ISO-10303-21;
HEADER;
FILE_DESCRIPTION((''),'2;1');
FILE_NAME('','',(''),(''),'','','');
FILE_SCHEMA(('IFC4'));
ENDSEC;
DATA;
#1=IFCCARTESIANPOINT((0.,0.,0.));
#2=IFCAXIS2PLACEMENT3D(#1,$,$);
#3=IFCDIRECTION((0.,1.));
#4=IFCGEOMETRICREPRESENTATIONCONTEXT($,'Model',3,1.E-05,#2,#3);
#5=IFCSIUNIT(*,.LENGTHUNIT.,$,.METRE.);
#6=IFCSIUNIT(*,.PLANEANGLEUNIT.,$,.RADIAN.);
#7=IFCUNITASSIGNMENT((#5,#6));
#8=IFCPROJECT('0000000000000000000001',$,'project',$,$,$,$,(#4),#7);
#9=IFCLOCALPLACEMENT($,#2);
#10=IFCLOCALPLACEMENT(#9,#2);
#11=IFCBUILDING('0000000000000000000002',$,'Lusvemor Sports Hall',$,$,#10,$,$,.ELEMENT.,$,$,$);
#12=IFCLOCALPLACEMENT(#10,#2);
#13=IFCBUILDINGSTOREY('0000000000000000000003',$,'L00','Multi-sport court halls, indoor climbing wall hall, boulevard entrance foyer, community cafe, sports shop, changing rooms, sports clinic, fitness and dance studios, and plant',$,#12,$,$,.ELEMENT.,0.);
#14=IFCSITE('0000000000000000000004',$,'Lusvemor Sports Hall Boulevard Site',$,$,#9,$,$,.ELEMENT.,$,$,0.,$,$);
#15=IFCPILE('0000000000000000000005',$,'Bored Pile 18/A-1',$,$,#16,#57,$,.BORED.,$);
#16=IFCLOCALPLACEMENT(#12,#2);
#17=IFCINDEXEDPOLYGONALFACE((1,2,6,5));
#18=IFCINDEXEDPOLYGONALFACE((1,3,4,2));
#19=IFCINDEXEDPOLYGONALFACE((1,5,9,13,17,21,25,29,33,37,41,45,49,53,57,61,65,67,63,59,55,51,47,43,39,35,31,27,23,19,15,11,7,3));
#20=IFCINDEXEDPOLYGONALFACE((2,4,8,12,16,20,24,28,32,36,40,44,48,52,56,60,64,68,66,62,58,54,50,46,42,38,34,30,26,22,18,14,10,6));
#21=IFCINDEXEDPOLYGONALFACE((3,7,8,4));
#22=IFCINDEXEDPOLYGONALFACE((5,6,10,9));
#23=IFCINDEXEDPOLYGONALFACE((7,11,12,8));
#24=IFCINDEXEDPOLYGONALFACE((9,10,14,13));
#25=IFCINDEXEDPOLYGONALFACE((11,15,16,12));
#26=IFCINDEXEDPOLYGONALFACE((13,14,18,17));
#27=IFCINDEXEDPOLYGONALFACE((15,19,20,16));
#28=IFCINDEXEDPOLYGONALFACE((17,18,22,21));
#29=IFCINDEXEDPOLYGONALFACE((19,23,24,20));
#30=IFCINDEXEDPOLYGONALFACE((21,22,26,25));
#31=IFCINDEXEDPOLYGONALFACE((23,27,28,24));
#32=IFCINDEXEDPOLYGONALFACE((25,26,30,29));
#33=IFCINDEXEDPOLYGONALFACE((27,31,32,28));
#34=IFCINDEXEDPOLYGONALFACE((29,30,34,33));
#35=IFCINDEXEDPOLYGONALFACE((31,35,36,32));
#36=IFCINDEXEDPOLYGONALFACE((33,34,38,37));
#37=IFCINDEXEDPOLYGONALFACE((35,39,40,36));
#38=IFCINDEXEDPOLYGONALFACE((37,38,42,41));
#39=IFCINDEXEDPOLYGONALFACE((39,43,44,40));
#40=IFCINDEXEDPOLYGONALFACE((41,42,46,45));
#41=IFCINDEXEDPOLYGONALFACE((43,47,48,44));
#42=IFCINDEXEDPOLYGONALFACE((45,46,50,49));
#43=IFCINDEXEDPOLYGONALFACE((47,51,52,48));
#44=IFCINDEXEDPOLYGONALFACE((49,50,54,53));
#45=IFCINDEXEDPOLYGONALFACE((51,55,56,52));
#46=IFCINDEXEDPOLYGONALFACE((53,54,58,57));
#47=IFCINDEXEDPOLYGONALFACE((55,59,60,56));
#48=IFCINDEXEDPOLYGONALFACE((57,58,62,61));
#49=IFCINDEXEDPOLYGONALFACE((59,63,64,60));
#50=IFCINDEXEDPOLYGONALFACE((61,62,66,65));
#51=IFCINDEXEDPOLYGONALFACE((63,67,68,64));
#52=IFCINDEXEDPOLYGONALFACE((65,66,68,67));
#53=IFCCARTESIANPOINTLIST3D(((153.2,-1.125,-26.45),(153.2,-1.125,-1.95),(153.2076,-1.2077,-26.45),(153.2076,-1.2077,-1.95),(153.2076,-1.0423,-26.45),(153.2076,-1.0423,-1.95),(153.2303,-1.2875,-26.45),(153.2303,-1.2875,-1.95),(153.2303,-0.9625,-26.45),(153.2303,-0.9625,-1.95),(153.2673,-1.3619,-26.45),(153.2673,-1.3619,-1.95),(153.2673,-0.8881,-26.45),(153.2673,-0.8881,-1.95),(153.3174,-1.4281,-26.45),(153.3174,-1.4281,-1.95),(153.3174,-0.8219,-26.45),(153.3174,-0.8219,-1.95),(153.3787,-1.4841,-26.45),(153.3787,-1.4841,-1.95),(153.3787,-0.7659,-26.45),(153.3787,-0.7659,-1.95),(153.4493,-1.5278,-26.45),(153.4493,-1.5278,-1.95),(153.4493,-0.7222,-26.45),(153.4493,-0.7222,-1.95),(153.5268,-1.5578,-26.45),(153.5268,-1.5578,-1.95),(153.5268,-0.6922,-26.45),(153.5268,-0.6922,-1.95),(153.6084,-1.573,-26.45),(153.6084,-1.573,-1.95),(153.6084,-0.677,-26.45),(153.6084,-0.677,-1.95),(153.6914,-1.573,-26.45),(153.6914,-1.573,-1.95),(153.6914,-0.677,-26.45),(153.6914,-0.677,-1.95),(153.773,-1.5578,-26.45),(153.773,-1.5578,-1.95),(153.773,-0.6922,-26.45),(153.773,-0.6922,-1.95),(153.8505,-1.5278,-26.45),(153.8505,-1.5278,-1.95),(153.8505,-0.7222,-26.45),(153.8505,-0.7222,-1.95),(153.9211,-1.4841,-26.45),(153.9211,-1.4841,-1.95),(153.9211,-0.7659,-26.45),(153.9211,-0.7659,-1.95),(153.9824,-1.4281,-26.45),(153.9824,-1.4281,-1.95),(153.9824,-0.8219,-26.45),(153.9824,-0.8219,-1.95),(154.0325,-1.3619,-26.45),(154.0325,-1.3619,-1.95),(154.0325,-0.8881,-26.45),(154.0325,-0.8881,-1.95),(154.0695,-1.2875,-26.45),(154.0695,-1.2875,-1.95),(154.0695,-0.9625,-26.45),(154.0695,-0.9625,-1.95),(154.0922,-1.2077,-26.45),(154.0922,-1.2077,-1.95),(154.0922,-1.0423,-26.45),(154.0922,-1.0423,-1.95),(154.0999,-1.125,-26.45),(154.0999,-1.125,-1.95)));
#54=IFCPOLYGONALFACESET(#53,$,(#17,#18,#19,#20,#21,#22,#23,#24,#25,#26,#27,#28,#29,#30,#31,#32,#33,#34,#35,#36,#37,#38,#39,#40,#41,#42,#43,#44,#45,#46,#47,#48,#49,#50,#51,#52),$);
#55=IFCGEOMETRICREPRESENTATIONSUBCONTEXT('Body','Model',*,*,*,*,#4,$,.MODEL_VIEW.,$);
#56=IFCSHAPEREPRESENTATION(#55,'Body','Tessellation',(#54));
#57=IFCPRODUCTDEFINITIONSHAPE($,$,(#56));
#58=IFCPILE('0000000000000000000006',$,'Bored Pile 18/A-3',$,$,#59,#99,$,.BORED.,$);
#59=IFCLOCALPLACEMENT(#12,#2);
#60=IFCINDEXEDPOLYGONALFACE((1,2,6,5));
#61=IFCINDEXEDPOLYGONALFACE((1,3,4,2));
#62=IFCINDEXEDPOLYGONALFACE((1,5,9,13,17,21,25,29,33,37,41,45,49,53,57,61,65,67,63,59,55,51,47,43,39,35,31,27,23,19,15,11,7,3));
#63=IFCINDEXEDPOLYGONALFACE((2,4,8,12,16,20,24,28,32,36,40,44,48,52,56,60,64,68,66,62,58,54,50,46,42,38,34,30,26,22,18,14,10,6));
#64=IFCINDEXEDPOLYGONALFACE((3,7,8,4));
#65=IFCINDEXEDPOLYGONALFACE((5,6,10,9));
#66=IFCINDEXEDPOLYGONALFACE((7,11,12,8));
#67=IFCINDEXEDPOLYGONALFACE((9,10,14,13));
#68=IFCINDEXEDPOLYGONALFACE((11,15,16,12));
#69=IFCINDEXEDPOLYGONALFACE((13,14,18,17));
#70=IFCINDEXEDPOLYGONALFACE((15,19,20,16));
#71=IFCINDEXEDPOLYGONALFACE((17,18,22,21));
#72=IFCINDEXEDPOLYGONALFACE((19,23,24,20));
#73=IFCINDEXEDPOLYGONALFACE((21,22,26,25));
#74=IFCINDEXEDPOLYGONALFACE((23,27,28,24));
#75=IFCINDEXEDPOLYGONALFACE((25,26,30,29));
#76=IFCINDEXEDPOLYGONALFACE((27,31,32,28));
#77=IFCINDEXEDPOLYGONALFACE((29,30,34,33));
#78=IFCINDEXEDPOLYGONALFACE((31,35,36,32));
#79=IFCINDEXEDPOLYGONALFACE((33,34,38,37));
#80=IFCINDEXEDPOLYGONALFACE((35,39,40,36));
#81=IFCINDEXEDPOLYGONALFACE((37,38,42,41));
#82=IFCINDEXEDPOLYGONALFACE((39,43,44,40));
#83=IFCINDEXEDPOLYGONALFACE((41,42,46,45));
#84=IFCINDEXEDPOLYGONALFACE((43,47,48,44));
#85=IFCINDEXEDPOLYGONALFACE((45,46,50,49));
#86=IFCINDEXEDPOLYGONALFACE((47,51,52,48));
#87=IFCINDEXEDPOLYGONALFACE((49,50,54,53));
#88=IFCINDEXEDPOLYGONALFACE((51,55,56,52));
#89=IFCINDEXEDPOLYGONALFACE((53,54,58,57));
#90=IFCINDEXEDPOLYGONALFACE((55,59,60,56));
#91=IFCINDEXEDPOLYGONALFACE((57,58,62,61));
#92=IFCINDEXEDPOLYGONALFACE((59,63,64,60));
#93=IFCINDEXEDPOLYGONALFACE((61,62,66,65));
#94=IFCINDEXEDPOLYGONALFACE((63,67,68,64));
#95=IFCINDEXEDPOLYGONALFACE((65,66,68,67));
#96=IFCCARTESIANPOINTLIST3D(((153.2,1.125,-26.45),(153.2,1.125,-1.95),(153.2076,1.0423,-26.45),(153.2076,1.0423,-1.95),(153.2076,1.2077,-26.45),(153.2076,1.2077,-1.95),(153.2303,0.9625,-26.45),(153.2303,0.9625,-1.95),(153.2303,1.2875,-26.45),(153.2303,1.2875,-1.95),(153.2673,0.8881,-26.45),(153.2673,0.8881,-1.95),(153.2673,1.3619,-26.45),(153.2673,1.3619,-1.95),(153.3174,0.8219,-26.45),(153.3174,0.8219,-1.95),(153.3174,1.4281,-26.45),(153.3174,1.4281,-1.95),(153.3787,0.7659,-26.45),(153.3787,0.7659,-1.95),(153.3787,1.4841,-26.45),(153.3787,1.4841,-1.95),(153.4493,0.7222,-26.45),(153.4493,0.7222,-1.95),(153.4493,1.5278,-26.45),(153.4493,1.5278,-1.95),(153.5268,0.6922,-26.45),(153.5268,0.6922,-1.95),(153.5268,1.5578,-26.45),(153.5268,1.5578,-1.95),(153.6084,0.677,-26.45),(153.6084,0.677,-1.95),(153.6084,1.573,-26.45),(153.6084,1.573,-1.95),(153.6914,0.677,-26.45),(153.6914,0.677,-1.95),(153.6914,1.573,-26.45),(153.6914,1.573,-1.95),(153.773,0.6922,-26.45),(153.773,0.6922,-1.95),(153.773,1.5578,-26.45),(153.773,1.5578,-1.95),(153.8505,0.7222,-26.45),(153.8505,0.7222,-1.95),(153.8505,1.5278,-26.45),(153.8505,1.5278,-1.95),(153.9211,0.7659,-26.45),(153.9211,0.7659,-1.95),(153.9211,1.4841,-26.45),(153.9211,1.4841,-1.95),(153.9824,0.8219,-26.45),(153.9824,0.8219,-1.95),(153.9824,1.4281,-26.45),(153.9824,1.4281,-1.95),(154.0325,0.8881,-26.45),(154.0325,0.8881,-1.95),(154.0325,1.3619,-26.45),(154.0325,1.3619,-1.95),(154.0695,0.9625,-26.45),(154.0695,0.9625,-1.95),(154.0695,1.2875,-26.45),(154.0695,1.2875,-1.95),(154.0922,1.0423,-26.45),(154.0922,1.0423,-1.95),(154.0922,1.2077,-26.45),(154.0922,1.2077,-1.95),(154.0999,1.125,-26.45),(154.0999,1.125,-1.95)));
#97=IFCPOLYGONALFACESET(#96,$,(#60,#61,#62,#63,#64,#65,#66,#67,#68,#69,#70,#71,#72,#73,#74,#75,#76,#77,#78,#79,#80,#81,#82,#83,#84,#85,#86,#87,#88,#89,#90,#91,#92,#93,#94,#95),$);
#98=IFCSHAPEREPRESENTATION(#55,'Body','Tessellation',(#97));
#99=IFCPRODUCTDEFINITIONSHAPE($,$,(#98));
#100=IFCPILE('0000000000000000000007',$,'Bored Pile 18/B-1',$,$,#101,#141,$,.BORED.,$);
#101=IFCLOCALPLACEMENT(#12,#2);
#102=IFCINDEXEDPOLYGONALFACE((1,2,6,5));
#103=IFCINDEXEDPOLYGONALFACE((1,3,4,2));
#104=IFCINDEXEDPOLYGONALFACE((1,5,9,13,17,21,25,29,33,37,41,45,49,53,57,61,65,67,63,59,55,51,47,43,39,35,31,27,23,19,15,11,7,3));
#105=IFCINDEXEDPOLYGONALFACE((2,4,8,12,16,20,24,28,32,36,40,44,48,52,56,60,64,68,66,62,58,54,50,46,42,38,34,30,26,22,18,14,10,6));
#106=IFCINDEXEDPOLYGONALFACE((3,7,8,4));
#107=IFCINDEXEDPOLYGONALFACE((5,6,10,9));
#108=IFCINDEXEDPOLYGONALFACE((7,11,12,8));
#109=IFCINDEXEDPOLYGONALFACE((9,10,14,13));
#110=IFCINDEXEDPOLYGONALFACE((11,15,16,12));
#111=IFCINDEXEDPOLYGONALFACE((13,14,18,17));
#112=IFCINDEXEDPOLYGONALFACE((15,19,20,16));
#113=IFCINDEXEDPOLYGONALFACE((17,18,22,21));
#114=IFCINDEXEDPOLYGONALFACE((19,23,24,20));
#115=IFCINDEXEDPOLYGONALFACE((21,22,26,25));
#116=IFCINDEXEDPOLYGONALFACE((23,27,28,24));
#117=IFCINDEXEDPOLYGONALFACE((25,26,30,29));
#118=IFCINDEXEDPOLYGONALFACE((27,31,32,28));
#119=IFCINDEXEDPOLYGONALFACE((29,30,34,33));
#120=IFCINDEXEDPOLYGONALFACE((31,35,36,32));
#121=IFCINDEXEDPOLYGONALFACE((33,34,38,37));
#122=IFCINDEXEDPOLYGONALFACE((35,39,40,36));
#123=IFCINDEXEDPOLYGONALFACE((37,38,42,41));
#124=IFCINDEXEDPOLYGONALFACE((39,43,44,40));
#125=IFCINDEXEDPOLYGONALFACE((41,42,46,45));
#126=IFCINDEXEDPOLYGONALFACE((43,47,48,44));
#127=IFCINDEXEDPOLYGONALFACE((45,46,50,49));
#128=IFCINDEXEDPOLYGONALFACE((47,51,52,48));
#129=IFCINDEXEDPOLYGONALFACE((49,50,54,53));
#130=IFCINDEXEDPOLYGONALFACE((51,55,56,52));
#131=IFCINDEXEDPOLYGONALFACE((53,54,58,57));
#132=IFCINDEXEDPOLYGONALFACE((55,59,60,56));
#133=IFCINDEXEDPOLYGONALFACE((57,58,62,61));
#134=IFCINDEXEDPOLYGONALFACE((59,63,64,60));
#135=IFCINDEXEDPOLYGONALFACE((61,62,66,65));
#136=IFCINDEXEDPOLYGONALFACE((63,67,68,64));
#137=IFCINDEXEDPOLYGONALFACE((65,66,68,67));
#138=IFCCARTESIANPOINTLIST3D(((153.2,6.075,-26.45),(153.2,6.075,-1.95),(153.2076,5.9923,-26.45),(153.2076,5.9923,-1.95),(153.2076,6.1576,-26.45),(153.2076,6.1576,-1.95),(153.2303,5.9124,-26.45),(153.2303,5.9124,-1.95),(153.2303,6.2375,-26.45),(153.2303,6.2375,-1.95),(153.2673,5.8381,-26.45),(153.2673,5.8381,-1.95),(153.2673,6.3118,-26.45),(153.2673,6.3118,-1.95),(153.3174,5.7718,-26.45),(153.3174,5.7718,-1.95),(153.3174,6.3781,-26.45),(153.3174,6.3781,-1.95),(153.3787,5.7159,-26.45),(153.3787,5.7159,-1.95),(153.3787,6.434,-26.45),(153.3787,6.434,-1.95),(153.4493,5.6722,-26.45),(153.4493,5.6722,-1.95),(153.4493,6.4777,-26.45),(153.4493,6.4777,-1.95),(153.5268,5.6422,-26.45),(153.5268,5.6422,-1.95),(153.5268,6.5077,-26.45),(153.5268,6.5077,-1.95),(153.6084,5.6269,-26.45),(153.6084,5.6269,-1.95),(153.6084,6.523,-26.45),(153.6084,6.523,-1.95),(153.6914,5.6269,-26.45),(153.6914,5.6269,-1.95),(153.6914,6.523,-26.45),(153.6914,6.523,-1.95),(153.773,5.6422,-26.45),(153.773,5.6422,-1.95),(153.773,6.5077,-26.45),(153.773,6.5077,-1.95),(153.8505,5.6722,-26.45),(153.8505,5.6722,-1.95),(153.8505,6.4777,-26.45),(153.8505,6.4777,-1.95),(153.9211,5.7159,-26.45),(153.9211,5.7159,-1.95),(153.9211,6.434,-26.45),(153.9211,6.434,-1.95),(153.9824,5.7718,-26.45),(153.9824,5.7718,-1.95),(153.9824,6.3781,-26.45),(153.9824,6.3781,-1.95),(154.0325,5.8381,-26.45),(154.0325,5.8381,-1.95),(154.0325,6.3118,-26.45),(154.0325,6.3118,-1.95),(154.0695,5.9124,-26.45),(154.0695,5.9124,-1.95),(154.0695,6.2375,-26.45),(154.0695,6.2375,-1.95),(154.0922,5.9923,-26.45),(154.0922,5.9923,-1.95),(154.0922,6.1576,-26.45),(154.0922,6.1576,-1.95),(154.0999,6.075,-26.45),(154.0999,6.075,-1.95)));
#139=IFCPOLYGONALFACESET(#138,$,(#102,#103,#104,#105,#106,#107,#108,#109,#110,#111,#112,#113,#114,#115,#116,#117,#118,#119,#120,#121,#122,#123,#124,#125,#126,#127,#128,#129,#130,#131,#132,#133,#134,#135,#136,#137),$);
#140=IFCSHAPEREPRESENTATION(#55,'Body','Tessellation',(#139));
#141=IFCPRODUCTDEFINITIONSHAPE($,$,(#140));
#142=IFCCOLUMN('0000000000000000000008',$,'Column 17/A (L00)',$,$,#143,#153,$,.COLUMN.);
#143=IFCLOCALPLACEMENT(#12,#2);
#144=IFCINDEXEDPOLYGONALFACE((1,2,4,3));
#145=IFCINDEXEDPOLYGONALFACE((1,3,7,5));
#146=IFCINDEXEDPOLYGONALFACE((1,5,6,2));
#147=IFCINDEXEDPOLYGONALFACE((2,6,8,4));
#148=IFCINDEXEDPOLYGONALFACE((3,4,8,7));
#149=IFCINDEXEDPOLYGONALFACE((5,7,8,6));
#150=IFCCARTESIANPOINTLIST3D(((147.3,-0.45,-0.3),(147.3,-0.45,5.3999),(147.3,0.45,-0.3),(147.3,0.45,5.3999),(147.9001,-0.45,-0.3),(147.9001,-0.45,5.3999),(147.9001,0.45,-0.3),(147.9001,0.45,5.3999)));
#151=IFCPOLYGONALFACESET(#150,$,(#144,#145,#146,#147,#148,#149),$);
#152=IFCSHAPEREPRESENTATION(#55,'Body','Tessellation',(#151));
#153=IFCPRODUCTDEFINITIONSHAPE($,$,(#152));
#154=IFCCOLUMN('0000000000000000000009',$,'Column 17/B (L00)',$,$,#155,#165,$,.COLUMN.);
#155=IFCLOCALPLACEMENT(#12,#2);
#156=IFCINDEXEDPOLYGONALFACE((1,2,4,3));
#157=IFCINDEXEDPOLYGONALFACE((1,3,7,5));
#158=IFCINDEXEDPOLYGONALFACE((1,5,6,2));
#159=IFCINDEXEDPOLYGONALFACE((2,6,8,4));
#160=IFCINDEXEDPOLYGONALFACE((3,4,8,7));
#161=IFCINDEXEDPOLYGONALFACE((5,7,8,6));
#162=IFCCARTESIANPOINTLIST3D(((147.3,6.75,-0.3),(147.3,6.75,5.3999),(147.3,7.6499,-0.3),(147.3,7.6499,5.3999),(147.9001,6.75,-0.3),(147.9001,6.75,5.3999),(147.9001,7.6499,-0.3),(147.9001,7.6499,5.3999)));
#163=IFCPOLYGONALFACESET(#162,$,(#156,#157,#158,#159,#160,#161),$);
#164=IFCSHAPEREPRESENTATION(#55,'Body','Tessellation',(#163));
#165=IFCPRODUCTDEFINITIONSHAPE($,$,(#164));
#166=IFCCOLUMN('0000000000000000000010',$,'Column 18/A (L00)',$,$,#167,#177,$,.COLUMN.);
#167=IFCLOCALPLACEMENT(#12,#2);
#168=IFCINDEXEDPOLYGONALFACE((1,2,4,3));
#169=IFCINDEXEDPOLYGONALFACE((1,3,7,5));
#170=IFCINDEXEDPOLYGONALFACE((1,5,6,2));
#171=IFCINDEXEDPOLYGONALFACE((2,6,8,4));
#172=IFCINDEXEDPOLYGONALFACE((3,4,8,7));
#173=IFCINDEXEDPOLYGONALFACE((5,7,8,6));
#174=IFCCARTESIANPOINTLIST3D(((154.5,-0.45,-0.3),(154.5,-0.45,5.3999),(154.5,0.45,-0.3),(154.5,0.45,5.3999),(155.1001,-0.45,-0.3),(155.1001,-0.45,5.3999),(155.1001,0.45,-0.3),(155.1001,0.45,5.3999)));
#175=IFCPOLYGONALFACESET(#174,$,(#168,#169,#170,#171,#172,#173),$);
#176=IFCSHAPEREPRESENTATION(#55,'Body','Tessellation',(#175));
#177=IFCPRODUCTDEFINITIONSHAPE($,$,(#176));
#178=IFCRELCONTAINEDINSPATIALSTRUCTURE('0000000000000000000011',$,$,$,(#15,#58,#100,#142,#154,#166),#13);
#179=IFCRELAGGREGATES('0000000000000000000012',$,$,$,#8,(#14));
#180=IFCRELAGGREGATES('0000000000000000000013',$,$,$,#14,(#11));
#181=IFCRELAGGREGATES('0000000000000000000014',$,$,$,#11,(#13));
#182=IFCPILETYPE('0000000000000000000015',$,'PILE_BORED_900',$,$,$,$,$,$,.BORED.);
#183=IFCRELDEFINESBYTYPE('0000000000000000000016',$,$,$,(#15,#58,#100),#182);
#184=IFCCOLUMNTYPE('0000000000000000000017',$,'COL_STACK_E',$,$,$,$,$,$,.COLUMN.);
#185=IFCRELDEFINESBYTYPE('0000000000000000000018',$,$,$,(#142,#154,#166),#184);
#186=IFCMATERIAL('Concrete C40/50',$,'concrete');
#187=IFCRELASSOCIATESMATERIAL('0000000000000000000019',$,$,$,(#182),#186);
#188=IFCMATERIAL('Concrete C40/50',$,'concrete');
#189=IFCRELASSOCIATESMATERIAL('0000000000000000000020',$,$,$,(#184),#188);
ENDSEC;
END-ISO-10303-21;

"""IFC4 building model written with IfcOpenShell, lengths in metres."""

from ifc_helpers import new_model, si_unit, direction, frame, origin, origin_2d, place, context, subcontext, project, spatial, rectangle, circle, extrude, material, material_profile, profile_set, type_object, element, save


model = new_model("IFC4")

# Units and contexts
model_context = context("Model", 3, precision=1e-05, world=origin(), true_north=direction((0.0, 1.0)))
body_context = subcontext(model_context, "Body", "Model", "MODEL_VIEW")
ifc_project = project(units=[si_unit("LENGTHUNIT", "METRE"), si_unit("PLANEANGLEUNIT", "RADIAN")], contexts=[model_context])

# Site, building, storey
site_placement = place(None, origin())
site = spatial("IfcSite", under=ifc_project, at=site_placement, Name="Lusvemor Sports Hall Boulevard Site", CompositionType="ELEMENT", RefElevation=0.0)
building_placement = place(site_placement, origin())
building = spatial("IfcBuilding", under=site, at=building_placement, Name="Lusvemor Sports Hall", CompositionType="ELEMENT")
storey_placement = place(building_placement, origin())
storey = spatial("IfcBuildingStorey", under=building, at=storey_placement, Name="L00", Description="Multi-sport court halls, indoor climbing wall hall, boulevard entrance foyer, community cafe, sports shop, changing rooms, sports clinic, fitness and dance studios, and plant", CompositionType="ELEMENT", Elevation=0.0)

# Piles
ifc_material_1 = material(Name="Concrete C40/50", Category="concrete")
ifc_material_profile_1 = material_profile(ifc_material_1, circle(Radius=0.45, at=origin_2d()), Name="PILE900")
ifc_profile_set_1 = profile_set([ifc_material_profile_1], Name="Concrete C40/50")
pile_type = type_object("IfcPileType", Name="PILE_BORED_900", PredefinedType="BORED", material=ifc_profile_set_1)
for number, where, z_axis, x_axis, name in (
    (1, (153.6499, -1.125, -1.95), (0.0, 0.0, -1.0), (1.0, 0.0, 0.0), "Bored Pile 18/A-1"),
    (2, (153.6499, 1.125, -1.95), (0.0, 0.0, -1.0), (1.0, 0.0, 0.0), "Bored Pile 18/A-3"),
    (3, (153.6499, 6.075, -1.95), (0.0, 0.0, -1.0), (1.0, 0.0, 0.0), "Bored Pile 18/B-1"),
):
    element("IfcPile", number, at=place(storey_placement, frame(where, z_axis=z_axis, x_axis=x_axis)), inside=storey, type_object=pile_type, Name=name, PredefinedType="BORED", context=body_context, shape_type="SweptSolid", body=[
        extrude(circle(Radius=0.45, at=origin_2d()), origin(), (0.0, 0.0, 1.0), 24.5),
    ])

# Columns
ifc_material_2 = material(Name="Concrete C40/50", Category="concrete")
ifc_material_profile_2 = material_profile(ifc_material_2, rectangle(XDim=0.6001, YDim=0.8999, at=origin_2d()), Name="RC600x900")
ifc_profile_set_2 = profile_set([ifc_material_profile_2], Name="Concrete C40/50")
column_type = type_object("IfcColumnType", Name="COL_STACK_E", PredefinedType="COLUMN", material=ifc_profile_set_2)
for number, where, z_axis, x_axis, name in (
    (4, (147.6001, 0.0, -0.3), (0.0, 0.0, 1.0), (1.0, 0.0, 0.0), "Column 17/A (L00)"),
    (5, (147.6001, 7.2, -0.3), (0.0, 0.0, 1.0), (1.0, 0.0, 0.0), "Column 17/B (L00)"),
    (6, (154.8, 0.0, -0.3), (0.0, 0.0, 1.0), (1.0, 0.0, 0.0), "Column 18/A (L00)"),
):
    element("IfcColumn", number, at=place(storey_placement, frame(where, z_axis=z_axis, x_axis=x_axis)), inside=storey, type_object=column_type, Name=name, PredefinedType="COLUMN", context=body_context, shape_type="SweptSolid", body=[
        extrude(rectangle(XDim=0.6001, YDim=0.8999, at=origin_2d()), origin(), (0.0, 0.0, 1.0), 5.7),
    ])

save(model, "model.ifc")
